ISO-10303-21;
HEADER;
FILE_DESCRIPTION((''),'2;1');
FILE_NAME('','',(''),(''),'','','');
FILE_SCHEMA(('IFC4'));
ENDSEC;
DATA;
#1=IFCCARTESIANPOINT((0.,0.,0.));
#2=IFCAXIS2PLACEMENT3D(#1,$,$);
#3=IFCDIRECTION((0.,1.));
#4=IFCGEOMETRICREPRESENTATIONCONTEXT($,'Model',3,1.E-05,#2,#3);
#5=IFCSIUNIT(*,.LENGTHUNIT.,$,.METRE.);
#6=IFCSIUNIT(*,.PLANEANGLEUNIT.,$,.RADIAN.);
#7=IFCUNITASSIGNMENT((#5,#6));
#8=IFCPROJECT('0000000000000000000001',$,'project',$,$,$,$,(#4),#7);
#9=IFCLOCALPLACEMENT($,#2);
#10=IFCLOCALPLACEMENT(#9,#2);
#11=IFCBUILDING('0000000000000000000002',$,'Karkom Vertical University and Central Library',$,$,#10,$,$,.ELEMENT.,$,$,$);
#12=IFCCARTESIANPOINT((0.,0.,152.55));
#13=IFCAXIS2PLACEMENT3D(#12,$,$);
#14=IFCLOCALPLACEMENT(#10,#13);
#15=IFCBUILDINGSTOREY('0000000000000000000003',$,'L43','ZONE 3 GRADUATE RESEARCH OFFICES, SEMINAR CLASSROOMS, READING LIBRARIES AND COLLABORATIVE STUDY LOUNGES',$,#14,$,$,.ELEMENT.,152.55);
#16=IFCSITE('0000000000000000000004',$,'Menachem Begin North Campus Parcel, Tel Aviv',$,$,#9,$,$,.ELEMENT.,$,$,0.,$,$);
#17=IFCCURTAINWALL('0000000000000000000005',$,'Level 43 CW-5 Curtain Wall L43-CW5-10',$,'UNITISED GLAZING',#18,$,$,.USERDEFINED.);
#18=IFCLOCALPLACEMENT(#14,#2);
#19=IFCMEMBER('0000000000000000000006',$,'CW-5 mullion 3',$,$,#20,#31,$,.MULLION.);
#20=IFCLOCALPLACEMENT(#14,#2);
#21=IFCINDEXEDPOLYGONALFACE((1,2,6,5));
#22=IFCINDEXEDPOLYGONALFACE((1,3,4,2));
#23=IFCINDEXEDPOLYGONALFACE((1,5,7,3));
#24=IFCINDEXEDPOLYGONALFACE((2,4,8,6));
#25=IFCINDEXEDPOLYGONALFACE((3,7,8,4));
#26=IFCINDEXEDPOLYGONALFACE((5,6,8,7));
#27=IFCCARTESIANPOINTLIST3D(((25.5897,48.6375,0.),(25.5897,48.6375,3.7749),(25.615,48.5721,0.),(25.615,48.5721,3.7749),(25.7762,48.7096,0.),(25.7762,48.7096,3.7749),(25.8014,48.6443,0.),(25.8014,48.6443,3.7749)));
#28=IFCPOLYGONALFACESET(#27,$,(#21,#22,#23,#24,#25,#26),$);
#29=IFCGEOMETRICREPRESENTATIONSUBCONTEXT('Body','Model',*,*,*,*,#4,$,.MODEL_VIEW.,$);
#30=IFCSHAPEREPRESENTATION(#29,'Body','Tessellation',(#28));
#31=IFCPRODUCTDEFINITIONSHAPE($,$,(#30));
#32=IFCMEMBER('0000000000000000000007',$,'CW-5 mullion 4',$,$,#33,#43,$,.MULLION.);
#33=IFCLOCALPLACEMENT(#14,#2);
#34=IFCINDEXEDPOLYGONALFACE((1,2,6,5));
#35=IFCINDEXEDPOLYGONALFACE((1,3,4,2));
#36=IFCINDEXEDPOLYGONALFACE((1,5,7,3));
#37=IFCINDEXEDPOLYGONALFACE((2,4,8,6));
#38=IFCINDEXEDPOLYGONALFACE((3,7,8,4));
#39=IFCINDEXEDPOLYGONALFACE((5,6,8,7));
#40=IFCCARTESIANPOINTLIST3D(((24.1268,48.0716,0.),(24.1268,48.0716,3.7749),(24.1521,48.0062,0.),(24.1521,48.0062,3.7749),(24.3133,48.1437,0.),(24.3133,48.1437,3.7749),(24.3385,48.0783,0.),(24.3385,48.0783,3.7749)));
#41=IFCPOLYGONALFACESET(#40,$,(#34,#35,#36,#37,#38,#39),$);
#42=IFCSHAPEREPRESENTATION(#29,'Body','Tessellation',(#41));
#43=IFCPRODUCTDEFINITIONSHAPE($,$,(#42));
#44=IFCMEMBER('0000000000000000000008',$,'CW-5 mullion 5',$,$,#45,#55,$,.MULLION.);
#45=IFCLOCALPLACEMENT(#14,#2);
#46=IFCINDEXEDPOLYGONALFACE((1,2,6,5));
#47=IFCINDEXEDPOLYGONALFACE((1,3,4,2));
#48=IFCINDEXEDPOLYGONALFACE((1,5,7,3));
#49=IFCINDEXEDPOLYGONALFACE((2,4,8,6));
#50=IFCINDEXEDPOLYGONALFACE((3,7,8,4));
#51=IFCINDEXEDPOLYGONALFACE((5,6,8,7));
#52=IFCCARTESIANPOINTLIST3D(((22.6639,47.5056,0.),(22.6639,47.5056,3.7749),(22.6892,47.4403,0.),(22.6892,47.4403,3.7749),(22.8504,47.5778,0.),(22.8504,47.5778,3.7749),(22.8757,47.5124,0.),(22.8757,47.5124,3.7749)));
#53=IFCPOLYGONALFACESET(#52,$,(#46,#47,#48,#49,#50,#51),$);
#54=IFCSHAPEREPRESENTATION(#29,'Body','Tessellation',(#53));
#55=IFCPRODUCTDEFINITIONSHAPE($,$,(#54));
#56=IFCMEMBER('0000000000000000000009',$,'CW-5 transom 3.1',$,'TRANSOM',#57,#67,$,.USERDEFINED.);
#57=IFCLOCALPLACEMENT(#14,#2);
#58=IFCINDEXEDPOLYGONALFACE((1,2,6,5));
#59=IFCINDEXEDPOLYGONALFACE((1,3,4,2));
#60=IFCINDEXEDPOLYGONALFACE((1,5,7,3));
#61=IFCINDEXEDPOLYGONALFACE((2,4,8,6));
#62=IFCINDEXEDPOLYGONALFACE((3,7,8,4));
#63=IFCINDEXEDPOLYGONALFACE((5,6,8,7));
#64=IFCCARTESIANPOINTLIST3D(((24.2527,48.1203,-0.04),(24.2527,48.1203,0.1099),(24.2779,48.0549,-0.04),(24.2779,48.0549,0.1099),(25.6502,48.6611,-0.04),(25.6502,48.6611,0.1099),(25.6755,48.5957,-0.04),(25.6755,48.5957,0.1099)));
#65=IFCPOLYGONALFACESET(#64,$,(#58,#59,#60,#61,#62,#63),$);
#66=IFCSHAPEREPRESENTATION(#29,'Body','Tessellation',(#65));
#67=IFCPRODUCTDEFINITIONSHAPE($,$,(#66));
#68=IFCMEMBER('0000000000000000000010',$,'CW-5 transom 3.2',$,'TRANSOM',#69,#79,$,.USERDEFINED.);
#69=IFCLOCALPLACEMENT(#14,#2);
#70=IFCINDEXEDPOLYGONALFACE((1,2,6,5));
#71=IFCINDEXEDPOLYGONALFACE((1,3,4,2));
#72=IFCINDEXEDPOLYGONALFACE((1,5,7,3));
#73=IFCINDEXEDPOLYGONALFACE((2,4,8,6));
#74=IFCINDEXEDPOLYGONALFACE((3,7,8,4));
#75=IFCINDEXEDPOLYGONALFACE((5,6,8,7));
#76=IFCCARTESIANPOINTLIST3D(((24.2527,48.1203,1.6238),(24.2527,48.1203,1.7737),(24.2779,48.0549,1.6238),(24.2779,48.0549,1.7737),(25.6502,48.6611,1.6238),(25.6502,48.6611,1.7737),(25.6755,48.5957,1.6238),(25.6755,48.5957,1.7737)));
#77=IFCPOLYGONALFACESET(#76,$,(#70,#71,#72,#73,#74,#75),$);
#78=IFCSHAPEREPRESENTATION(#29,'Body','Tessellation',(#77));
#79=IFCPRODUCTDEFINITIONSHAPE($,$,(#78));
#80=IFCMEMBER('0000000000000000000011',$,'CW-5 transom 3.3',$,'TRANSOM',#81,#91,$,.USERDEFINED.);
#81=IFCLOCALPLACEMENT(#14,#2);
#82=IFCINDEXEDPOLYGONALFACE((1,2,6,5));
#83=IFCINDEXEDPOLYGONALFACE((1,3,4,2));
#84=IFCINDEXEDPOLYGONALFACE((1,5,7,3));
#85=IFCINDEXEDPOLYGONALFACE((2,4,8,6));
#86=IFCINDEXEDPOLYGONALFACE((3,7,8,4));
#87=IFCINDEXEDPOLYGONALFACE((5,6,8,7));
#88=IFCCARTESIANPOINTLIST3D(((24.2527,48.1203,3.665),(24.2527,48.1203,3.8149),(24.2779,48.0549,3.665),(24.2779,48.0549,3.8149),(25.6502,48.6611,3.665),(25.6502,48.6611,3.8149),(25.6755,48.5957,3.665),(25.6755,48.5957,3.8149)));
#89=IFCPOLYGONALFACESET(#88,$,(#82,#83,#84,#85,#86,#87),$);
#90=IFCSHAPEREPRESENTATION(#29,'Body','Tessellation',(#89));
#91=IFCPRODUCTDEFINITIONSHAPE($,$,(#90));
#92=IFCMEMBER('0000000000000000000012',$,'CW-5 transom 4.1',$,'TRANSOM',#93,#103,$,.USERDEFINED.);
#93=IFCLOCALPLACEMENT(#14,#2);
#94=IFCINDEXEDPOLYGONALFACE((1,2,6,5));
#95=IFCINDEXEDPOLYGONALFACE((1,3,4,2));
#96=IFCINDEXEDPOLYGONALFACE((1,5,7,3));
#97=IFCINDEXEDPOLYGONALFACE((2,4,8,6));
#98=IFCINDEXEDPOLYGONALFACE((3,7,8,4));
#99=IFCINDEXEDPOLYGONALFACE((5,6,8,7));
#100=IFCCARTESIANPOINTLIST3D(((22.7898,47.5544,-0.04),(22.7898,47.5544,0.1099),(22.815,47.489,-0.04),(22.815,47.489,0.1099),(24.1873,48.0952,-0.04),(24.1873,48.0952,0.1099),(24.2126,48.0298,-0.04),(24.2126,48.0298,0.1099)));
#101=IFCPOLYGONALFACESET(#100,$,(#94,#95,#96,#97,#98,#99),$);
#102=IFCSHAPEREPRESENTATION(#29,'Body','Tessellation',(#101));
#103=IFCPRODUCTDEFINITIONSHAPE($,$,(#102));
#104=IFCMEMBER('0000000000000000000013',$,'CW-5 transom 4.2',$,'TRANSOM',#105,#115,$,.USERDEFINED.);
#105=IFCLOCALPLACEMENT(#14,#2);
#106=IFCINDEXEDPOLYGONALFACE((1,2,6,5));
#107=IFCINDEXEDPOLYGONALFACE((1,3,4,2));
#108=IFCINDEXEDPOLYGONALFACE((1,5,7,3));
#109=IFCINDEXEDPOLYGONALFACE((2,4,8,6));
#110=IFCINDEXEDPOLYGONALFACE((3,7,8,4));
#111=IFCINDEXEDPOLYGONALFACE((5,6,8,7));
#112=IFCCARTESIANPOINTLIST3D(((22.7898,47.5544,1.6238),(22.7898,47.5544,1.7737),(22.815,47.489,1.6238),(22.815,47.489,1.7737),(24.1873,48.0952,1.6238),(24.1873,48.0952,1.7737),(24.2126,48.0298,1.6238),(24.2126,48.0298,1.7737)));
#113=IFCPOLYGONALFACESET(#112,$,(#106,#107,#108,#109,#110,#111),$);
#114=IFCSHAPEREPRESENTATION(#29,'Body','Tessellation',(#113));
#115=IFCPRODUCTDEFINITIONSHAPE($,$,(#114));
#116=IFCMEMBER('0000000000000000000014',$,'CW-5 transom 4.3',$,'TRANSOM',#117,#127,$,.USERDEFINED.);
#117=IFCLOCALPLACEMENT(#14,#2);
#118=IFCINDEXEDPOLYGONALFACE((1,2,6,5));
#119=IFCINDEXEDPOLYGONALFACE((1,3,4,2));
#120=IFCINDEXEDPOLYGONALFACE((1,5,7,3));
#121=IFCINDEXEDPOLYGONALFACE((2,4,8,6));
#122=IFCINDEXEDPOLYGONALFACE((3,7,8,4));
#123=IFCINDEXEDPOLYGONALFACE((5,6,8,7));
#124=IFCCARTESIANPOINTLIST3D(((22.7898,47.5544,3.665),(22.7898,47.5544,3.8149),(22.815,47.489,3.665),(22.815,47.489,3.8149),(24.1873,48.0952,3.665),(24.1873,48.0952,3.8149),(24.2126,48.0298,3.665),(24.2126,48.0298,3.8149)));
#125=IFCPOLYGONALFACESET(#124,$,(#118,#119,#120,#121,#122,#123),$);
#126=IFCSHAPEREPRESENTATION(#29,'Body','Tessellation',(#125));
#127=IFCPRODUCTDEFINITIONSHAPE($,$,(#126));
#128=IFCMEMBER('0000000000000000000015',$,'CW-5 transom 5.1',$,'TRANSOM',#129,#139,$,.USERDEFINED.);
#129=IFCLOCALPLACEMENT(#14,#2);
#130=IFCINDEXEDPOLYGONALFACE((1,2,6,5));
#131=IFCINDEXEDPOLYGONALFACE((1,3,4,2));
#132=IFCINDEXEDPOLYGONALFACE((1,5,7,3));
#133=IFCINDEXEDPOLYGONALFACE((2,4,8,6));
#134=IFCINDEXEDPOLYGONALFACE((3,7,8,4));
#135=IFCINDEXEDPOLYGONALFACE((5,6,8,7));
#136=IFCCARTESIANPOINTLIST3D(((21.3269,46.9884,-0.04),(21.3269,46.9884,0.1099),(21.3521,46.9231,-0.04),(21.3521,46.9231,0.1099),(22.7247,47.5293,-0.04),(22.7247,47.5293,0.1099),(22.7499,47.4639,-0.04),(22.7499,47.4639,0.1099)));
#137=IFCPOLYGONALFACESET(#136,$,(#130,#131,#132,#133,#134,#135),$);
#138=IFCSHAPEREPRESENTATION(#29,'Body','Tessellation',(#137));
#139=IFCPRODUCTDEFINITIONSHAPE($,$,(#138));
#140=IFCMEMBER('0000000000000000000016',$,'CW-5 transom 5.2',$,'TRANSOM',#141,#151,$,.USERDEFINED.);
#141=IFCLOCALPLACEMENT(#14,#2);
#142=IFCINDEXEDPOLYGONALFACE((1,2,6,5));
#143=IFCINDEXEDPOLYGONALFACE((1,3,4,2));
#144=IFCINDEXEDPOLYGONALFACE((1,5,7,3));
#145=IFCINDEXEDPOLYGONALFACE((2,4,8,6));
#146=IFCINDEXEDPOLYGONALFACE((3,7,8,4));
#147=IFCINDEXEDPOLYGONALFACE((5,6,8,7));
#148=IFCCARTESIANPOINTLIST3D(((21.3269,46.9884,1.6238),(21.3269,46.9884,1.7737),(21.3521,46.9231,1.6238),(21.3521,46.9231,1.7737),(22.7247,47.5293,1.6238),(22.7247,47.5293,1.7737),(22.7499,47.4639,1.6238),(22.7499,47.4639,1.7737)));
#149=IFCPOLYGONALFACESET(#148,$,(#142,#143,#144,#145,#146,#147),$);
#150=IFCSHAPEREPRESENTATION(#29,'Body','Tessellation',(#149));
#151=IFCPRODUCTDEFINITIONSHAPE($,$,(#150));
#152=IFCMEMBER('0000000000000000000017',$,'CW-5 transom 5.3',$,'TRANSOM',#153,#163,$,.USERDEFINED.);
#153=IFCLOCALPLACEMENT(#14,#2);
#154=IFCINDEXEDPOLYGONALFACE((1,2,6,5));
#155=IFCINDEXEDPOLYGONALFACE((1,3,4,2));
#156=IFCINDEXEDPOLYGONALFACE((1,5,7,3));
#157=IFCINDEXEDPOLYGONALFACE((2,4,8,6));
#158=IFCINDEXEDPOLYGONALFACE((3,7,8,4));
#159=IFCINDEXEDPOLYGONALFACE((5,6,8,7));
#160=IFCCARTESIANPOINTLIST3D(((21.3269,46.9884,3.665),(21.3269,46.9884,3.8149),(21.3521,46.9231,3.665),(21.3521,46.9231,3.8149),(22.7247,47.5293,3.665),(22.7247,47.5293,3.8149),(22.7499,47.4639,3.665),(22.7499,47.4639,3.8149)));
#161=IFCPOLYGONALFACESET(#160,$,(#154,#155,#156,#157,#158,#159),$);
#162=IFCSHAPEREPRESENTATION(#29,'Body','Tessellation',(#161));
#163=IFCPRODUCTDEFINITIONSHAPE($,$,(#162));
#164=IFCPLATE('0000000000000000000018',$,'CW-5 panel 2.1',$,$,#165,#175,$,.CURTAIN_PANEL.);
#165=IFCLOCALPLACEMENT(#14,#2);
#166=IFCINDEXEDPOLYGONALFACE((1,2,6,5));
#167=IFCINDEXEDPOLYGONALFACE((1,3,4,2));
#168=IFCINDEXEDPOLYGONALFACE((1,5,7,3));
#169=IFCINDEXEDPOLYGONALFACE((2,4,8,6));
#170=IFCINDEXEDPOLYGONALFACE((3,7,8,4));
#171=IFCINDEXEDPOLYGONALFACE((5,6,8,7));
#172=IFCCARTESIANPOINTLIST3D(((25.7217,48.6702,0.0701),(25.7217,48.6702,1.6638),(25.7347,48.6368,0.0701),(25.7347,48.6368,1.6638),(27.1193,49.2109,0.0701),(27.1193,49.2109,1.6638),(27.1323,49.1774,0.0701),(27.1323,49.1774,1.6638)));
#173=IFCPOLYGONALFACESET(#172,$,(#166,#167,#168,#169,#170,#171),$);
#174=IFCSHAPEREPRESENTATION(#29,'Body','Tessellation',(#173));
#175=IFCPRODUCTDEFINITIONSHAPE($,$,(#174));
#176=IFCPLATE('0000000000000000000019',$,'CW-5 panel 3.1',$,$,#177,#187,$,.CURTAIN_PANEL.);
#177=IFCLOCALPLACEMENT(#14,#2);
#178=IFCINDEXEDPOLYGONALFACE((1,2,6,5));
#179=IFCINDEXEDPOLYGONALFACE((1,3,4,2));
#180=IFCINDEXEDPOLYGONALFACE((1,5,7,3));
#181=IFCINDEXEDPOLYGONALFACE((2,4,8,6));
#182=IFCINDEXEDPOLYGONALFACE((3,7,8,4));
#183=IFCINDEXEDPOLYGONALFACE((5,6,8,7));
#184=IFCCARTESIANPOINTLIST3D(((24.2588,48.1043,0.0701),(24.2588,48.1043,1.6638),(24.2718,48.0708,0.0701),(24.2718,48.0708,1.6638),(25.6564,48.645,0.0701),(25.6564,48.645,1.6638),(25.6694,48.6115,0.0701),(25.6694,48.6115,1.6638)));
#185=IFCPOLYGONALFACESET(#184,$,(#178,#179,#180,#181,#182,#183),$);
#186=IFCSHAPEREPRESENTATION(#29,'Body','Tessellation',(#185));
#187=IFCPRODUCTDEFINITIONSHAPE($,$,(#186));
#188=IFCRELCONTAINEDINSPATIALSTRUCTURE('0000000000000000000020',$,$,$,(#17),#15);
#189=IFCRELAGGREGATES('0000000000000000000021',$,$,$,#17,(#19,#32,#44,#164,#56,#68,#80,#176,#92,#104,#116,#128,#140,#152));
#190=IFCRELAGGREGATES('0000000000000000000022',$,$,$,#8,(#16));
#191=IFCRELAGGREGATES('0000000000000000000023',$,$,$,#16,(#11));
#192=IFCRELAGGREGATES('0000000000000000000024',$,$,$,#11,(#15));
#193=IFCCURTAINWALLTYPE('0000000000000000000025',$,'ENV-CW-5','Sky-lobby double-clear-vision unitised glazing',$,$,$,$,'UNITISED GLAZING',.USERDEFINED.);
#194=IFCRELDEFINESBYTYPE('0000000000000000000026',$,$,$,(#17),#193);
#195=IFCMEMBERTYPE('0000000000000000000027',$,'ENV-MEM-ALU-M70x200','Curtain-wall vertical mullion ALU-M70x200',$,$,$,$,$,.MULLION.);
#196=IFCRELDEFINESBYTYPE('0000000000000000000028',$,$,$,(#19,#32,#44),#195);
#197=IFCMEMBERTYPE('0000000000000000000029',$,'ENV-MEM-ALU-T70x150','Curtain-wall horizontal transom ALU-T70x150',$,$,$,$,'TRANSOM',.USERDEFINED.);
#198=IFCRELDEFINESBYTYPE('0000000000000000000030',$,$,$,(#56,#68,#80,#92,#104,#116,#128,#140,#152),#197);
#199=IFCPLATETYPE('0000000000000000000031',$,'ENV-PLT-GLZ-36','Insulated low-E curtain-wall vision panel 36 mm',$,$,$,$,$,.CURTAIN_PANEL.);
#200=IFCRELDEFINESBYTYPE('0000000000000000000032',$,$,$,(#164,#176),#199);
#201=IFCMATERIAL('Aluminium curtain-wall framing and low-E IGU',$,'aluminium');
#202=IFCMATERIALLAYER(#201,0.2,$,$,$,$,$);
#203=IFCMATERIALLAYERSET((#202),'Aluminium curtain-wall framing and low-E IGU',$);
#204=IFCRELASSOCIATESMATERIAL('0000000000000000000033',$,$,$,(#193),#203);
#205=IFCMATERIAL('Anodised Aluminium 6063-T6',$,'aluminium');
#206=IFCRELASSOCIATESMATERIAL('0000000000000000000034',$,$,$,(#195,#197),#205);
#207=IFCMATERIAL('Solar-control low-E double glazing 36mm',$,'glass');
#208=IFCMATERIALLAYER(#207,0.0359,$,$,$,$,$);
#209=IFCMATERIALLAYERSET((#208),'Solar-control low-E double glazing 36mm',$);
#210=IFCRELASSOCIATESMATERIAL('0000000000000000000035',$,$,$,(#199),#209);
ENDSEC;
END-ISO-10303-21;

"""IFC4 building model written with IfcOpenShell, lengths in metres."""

from ifc_helpers import new_model, si_unit, direction, frame, origin, origin_with_axes, origin_2d, place, context, subcontext, project, spatial, rectangle, extrude, source, transform, mapped, material, layer, layer_set, material_profile, profile_set, type_object, element, aggregate, save


model = new_model("IFC4")

# Units and contexts
model_context = context("Model", 3, precision=1e-05, world=origin(), true_north=direction((0.0, 1.0)))
body_context = subcontext(model_context, "Body", "Model", "MODEL_VIEW")
ifc_project = project(units=[si_unit("LENGTHUNIT", "METRE"), si_unit("PLANEANGLEUNIT", "RADIAN")], contexts=[model_context])

# Site, building, storey
site_placement = place(None, origin())
site = spatial("IfcSite", under=ifc_project, at=site_placement, Name="Menachem Begin North Campus Parcel, Tel Aviv", CompositionType="ELEMENT", RefElevation=0.0)
building_placement = place(site_placement, origin())
building = spatial("IfcBuilding", under=site, at=building_placement, Name="Karkom Vertical University and Central Library", CompositionType="ELEMENT")
storey_placement = place(building_placement, frame((0.0, 0.0, 152.55)))
storey = spatial("IfcBuildingStorey", under=building, at=storey_placement, Name="L43", Description="ZONE 3 GRADUATE RESEARCH OFFICES, SEMINAR CLASSROOMS, READING LIBRARIES AND COLLABORATIVE STUDY LOUNGES", CompositionType="ELEMENT", Elevation=152.55)

# Curtain wall, members, plates
ifc_material_1 = material(Name="Aluminium curtain-wall framing and low-E IGU", Category="aluminium")
ifc_layer_1 = layer(ifc_material_1, 0.2)
ifc_layer_set_1 = layer_set([ifc_layer_1], Name="Aluminium curtain-wall framing and low-E IGU")
curtain_wall_type = type_object("IfcCurtainWallType", Name="ENV-CW-5", Description="Sky-lobby double-clear-vision unitised glazing", ElementType="UNITISED GLAZING", PredefinedType="USERDEFINED", material=ifc_layer_set_1)
curtain_wall_placement = place(storey_placement, origin())
curtain_wall = element("IfcCurtainWall", 1, at=curtain_wall_placement, inside=storey, type_object=curtain_wall_type, Name="Level 43 CW-5 Curtain Wall L43-CW5-10", ObjectType="UNITISED GLAZING", PredefinedType="USERDEFINED")
ifc_material_2 = material(Name="Anodised Aluminium 6063-T6", Category="aluminium")
ifc_material_profile_1 = material_profile(ifc_material_2, rectangle(XDim=0.0701, YDim=0.2, at=origin_2d()), Name="ALU-M70x200")
ifc_profile_set_1 = profile_set([ifc_material_profile_1], Name="Anodised Aluminium 6063-T6")
member_type_1 = type_object("IfcMemberType", Name="ENV-MEM-ALU-M70x200", Description="Curtain-wall vertical mullion ALU-M70x200", PredefinedType="MULLION", material=ifc_profile_set_1)
shared_shape_1 = source(origin_with_axes(), body_context, "Body", "SweptSolid", [
    extrude(rectangle(XDim=0.0701, YDim=0.2, at=origin_2d()), origin(), (0.0, 0.0, 1.0), 3.7749),
])
member_1_placement = place(storey_placement, frame((25.6956, 48.6409, 0.0), z_axis=(0.0, 0.0, 1.0), x_axis=(0.360798, -0.932644, 0.0)))
member_1 = element("IfcMember", 2, at=member_1_placement, type_object=member_type_1, Name="CW-5 mullion 3", PredefinedType="MULLION", context=body_context, shape_type="MappedRepresentation", body=[
    mapped(shared_shape_1, transform((0.0, 0.0, 0.0), scale=1.0)),
])
member_2_placement = place(storey_placement, frame((24.2327, 48.075, 0.0), z_axis=(0.0, 0.0, 1.0), x_axis=(0.360798, -0.932644, 0.0)))
member_2 = element("IfcMember", 3, at=member_2_placement, type_object=member_type_1, Name="CW-5 mullion 4", PredefinedType="MULLION", context=body_context, shape_type="MappedRepresentation", body=[
    mapped(shared_shape_1, transform((0.0, 0.0, 0.0), scale=1.0)),
])
member_3_placement = place(storey_placement, frame((22.7698, 47.509, 0.0), z_axis=(0.0, 0.0, 1.0), x_axis=(0.360798, -0.932644, 0.0)))
member_3 = element("IfcMember", 4, at=member_3_placement, type_object=member_type_1, Name="CW-5 mullion 5", PredefinedType="MULLION", context=body_context, shape_type="MappedRepresentation", body=[
    mapped(shared_shape_1, transform((0.0, 0.0, 0.0), scale=1.0)),
])
ifc_material_profile_2 = material_profile(ifc_material_2, rectangle(XDim=0.0701, YDim=0.1499, at=origin_2d()), Name="ALU-T70x150")
ifc_profile_set_2 = profile_set([ifc_material_profile_2], Name="Anodised Aluminium 6063-T6")
member_type_2 = type_object("IfcMemberType", Name="ENV-MEM-ALU-T70x150", Description="Curtain-wall horizontal transom ALU-T70x150", ElementType="TRANSOM", PredefinedType="USERDEFINED", material=ifc_profile_set_2)
shared_shape_2 = source(origin_with_axes(), body_context, "Body", "SweptSolid", [
    extrude(rectangle(XDim=0.0701, YDim=0.1499, at=origin_2d()), origin(), (0.0, 0.0, 1.0), 1.4985),
])
member_4_placement = place(storey_placement, frame((25.6628, 48.6284, 0.0349), z_axis=(-0.932609, -0.360889, 0.0), x_axis=(0.360889, -0.932609, 0.0)))
member_4 = element("IfcMember", 5, at=member_4_placement, type_object=member_type_2, Name="CW-5 transom 3.1", ObjectType="TRANSOM", PredefinedType="USERDEFINED", context=body_context, shape_type="MappedRepresentation", body=[
    mapped(shared_shape_2, transform((0.0, 0.0, 0.0), scale=1.0)),
])
member_5_placement = place(storey_placement, frame((25.6628, 48.6284, 1.6987), z_axis=(-0.932609, -0.360889, 0.0), x_axis=(0.360889, -0.932609, 0.0)))
member_5 = element("IfcMember", 6, at=member_5_placement, type_object=member_type_2, Name="CW-5 transom 3.2", ObjectType="TRANSOM", PredefinedType="USERDEFINED", context=body_context, shape_type="MappedRepresentation", body=[
    mapped(shared_shape_2, transform((0.0, 0.0, 0.0), scale=1.0)),
])
member_6_placement = place(storey_placement, frame((25.6628, 48.6284, 3.74), z_axis=(-0.932609, -0.360889, 0.0), x_axis=(0.360889, -0.932609, 0.0)))
member_6 = element("IfcMember", 7, at=member_6_placement, type_object=member_type_2, Name="CW-5 transom 3.3", ObjectType="TRANSOM", PredefinedType="USERDEFINED", context=body_context, shape_type="MappedRepresentation", body=[
    mapped(shared_shape_2, transform((0.0, 0.0, 0.0), scale=1.0)),
])
member_7_placement = place(storey_placement, frame((24.2, 48.0625, 0.0349), z_axis=(-0.932609, -0.360889, 0.0), x_axis=(0.360889, -0.932609, 0.0)))
member_7 = element("IfcMember", 8, at=member_7_placement, type_object=member_type_2, Name="CW-5 transom 4.1", ObjectType="TRANSOM", PredefinedType="USERDEFINED", context=body_context, shape_type="MappedRepresentation", body=[
    mapped(shared_shape_2, transform((0.0, 0.0, 0.0), scale=1.0)),
])
member_8_placement = place(storey_placement, frame((24.2, 48.0625, 1.6987), z_axis=(-0.932609, -0.360889, 0.0), x_axis=(0.360889, -0.932609, 0.0)))
member_8 = element("IfcMember", 9, at=member_8_placement, type_object=member_type_2, Name="CW-5 transom 4.2", ObjectType="TRANSOM", PredefinedType="USERDEFINED", context=body_context, shape_type="MappedRepresentation", body=[
    mapped(shared_shape_2, transform((0.0, 0.0, 0.0), scale=1.0)),
])
member_9_placement = place(storey_placement, frame((24.2, 48.0625, 3.74), z_axis=(-0.932609, -0.360889, 0.0), x_axis=(0.360889, -0.932609, 0.0)))
member_9 = element("IfcMember", 10, at=member_9_placement, type_object=member_type_2, Name="CW-5 transom 4.3", ObjectType="TRANSOM", PredefinedType="USERDEFINED", context=body_context, shape_type="MappedRepresentation", body=[
    mapped(shared_shape_2, transform((0.0, 0.0, 0.0), scale=1.0)),
])
shared_shape_3 = source(origin_with_axes(), body_context, "Body", "SweptSolid", [
    extrude(rectangle(XDim=0.0701, YDim=0.1499, at=origin_2d()), origin(), (0.0, 0.0, 1.0), 1.4988),
])
member_10_placement = place(storey_placement, frame((22.7373, 47.4966, 0.0349), z_axis=(-0.93263, -0.360834, 0.0), x_axis=(0.360834, -0.93263, 0.0)))
member_10 = element("IfcMember", 11, at=member_10_placement, type_object=member_type_2, Name="CW-5 transom 5.1", ObjectType="TRANSOM", PredefinedType="USERDEFINED", context=body_context, shape_type="MappedRepresentation", body=[
    mapped(shared_shape_3, transform((0.0, 0.0, 0.0), scale=1.0)),
])
member_11_placement = place(storey_placement, frame((22.7373, 47.4966, 1.6987), z_axis=(-0.93263, -0.360834, 0.0), x_axis=(0.360834, -0.93263, 0.0)))
member_11 = element("IfcMember", 12, at=member_11_placement, type_object=member_type_2, Name="CW-5 transom 5.2", ObjectType="TRANSOM", PredefinedType="USERDEFINED", context=body_context, shape_type="MappedRepresentation", body=[
    mapped(shared_shape_3, transform((0.0, 0.0, 0.0), scale=1.0)),
])
member_12_placement = place(storey_placement, frame((22.7373, 47.4966, 3.74), z_axis=(-0.93263, -0.360834, 0.0), x_axis=(0.360834, -0.93263, 0.0)))
member_12 = element("IfcMember", 13, at=member_12_placement, type_object=member_type_2, Name="CW-5 transom 5.3", ObjectType="TRANSOM", PredefinedType="USERDEFINED", context=body_context, shape_type="MappedRepresentation", body=[
    mapped(shared_shape_3, transform((0.0, 0.0, 0.0), scale=1.0)),
])
ifc_material_3 = material(Name="Solar-control low-E double glazing 36mm", Category="glass")
ifc_layer_2 = layer(ifc_material_3, 0.0359)
ifc_layer_set_2 = layer_set([ifc_layer_2], Name="Solar-control low-E double glazing 36mm")
plate_type = type_object("IfcPlateType", Name="ENV-PLT-GLZ-36", Description="Insulated low-E curtain-wall vision panel 36 mm", PredefinedType="CURTAIN_PANEL", material=ifc_layer_set_2)
shared_shape_4 = source(origin_with_axes(), body_context, "Body", "SweptSolid", [
    extrude(rectangle(XDim=1.4985, YDim=0.0359, at=origin_2d()), origin(), (0.0, 0.0, 1.0), 1.5938),
])
plate_1_placement = place(storey_placement, frame((26.427, 48.9238, 0.0701), z_axis=(0.0, 0.0, 1.0), x_axis=(-0.932644, -0.360798, 0.0)))
plate_1 = element("IfcPlate", 14, at=plate_1_placement, type_object=plate_type, Name="CW-5 panel 2.1", PredefinedType="CURTAIN_PANEL", context=body_context, shape_type="MappedRepresentation", body=[
    mapped(shared_shape_4, transform((0.0, 0.0, 0.0), scale=1.0)),
])
plate_2_placement = place(storey_placement, frame((24.9641, 48.3579, 0.0701), z_axis=(0.0, 0.0, 1.0), x_axis=(-0.932644, -0.360798, 0.0)))
plate_2 = element("IfcPlate", 15, at=plate_2_placement, type_object=plate_type, Name="CW-5 panel 3.1", PredefinedType="CURTAIN_PANEL", context=body_context, shape_type="MappedRepresentation", body=[
    mapped(shared_shape_4, transform((0.0, 0.0, 0.0), scale=1.0)),
])
aggregate(curtain_wall, [member_1, member_2, member_3, plate_1, member_4, member_5, member_6, plate_2, member_7, member_8, member_9, member_10, member_11, member_12])

save(model, "model.ifc")
